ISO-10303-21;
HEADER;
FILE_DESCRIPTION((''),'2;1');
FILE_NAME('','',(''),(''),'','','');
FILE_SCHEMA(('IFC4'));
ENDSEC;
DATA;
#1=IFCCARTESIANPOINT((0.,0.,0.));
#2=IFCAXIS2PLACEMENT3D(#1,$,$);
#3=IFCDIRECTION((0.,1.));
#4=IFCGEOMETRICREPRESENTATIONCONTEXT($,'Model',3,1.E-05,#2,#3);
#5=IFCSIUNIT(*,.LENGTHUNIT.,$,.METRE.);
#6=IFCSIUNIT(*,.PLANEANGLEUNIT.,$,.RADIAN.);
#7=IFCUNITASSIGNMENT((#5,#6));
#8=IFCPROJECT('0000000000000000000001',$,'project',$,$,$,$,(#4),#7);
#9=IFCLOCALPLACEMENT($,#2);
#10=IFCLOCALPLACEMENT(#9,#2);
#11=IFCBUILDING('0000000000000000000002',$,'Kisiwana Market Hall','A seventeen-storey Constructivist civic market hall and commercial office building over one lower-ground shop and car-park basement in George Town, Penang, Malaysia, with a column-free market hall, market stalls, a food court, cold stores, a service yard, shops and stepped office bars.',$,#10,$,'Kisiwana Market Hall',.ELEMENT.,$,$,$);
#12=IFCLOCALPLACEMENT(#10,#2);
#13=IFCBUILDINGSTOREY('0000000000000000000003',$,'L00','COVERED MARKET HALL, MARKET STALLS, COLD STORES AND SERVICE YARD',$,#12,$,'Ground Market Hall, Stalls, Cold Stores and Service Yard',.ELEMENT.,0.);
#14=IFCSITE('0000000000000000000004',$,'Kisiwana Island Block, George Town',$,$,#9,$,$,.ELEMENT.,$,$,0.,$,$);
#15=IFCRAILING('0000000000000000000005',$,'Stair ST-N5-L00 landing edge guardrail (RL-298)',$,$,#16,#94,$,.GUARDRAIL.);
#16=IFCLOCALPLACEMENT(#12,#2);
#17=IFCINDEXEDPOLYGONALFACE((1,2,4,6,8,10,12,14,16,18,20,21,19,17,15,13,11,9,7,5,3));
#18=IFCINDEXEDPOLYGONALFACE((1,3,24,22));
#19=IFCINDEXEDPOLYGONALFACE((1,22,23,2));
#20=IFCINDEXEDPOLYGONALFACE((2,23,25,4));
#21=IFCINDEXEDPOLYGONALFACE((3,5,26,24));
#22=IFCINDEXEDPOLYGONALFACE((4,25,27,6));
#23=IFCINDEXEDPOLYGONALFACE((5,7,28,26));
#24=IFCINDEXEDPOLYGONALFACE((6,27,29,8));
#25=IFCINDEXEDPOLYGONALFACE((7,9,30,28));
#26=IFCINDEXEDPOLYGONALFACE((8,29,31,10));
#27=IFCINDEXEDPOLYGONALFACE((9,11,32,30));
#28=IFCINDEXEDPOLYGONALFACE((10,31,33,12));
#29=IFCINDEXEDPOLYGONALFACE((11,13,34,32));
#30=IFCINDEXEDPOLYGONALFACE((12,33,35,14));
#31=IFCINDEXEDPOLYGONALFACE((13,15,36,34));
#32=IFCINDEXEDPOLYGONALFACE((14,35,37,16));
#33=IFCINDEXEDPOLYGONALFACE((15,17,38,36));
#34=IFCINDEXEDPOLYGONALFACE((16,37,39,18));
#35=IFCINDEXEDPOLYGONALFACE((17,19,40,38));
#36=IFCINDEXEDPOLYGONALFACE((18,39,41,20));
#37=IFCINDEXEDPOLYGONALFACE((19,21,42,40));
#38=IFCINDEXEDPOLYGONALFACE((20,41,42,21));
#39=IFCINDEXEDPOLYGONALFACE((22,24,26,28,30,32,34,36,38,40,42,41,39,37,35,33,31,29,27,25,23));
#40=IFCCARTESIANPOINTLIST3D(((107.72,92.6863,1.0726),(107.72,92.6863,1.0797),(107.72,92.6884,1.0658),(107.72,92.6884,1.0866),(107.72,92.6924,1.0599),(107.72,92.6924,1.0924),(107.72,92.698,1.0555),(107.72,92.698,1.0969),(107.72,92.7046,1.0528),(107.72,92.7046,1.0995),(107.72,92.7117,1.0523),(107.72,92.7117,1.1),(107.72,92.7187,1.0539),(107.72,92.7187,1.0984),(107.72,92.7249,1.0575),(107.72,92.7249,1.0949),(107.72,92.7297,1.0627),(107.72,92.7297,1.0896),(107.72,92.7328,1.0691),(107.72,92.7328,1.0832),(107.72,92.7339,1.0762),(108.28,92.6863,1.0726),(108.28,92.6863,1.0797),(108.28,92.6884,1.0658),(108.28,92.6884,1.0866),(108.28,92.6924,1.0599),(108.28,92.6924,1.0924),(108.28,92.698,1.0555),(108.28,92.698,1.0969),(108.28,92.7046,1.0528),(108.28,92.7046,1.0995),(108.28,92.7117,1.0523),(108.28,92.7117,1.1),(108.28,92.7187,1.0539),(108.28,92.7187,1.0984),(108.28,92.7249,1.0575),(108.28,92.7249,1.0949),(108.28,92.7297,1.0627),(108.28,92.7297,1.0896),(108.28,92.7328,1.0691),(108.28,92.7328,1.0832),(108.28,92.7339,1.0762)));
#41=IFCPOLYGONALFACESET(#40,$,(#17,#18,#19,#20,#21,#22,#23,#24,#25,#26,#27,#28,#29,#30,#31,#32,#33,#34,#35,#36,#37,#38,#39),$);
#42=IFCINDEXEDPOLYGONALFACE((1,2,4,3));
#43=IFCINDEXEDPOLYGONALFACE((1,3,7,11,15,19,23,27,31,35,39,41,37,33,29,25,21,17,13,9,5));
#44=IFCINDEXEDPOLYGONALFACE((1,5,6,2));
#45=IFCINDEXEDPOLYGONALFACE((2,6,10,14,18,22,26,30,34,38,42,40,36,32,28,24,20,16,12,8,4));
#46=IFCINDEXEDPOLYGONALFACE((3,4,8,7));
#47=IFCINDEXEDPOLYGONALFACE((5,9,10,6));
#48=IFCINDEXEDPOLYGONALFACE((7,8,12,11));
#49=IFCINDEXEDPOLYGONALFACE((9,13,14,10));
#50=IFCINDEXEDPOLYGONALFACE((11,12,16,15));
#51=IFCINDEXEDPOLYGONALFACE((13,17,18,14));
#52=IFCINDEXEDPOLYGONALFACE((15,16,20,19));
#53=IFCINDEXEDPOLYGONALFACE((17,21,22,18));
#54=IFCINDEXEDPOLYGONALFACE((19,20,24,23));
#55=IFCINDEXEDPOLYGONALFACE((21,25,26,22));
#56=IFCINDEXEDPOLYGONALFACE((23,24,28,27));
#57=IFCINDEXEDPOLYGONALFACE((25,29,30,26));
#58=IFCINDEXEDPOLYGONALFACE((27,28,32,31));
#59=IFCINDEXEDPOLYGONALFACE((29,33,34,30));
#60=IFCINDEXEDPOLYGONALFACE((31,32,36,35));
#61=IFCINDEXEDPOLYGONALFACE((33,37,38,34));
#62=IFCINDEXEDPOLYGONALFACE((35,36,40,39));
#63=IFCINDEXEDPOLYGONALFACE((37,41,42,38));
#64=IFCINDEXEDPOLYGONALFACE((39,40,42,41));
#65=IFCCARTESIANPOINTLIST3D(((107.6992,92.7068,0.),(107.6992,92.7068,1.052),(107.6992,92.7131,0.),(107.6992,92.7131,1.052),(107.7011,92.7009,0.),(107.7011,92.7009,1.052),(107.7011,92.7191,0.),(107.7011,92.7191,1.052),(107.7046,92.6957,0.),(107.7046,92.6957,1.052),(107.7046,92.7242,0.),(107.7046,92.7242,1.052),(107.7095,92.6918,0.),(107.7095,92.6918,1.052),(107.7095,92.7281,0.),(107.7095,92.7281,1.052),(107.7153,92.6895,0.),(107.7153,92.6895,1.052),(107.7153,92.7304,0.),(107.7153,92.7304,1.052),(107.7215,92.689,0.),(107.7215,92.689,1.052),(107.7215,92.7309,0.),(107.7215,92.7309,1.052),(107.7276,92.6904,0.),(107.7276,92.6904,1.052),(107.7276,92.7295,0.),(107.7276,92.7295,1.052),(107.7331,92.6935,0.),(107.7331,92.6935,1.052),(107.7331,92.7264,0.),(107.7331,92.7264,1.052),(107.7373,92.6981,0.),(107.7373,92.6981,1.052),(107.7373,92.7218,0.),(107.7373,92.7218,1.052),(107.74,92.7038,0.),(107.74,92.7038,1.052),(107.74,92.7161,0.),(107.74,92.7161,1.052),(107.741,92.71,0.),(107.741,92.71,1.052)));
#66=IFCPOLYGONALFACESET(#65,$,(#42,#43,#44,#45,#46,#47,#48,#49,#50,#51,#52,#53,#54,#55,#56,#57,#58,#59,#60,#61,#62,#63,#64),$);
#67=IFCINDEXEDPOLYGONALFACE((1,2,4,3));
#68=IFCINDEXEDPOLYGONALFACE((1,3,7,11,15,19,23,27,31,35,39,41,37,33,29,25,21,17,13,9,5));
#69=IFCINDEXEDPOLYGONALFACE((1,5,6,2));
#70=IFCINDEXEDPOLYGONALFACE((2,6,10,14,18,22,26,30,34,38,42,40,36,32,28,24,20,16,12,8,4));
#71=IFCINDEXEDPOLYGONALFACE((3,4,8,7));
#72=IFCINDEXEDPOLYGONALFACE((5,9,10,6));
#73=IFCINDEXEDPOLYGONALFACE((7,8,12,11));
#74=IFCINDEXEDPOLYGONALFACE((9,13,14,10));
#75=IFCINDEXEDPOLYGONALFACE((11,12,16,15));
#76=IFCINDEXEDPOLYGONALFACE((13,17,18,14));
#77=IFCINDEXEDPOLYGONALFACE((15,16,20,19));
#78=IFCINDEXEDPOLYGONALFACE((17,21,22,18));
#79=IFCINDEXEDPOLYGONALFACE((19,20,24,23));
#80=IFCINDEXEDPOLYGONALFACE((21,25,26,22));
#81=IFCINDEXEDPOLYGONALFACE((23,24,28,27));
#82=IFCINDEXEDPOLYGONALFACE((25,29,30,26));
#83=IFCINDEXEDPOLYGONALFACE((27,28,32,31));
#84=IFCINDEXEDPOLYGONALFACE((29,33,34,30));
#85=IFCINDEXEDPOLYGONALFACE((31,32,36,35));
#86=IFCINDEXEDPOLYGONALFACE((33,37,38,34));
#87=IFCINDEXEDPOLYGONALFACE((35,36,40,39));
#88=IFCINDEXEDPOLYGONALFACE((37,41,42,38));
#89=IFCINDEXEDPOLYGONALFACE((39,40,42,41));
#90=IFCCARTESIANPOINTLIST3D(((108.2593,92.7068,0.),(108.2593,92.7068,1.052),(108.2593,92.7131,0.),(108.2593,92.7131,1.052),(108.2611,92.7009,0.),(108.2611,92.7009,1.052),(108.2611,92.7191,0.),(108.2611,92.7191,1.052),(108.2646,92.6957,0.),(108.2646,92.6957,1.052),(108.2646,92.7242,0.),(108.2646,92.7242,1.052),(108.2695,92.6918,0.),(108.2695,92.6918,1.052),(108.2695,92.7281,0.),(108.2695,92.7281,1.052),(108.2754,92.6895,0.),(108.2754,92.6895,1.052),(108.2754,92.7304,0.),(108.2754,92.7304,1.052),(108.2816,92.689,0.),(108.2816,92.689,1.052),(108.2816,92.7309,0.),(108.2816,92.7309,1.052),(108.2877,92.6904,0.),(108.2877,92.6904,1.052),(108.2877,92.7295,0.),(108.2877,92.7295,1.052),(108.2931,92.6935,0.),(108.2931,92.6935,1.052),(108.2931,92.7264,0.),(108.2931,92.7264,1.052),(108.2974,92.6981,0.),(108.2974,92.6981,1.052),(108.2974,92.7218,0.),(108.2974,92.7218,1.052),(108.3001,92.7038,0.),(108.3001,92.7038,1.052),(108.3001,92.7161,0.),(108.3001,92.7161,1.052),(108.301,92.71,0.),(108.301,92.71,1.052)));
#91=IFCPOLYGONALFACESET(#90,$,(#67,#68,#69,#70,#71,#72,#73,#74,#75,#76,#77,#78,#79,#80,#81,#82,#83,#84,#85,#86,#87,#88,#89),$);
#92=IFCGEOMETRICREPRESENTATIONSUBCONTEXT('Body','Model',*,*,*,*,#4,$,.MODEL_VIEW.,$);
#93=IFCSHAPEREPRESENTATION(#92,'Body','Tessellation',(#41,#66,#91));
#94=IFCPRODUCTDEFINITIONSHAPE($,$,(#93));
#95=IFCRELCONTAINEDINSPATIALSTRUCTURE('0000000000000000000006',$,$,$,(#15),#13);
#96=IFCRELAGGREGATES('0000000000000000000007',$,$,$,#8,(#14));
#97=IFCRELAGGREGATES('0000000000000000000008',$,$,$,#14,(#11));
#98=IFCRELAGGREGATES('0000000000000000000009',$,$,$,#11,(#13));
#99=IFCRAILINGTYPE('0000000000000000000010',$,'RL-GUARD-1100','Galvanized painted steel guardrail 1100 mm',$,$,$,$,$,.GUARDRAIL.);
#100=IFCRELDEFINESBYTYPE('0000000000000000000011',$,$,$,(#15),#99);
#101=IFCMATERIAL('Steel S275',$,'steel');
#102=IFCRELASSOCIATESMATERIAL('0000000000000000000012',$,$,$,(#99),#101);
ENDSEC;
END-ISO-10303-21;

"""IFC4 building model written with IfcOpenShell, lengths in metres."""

from ifc_helpers import new_model, si_unit, direction, frame, origin, origin_2d, place, context, subcontext, project, spatial, circle, extrude, material, type_object, element, save


model = new_model("IFC4")

# Units and contexts
model_context = context("Model", 3, precision=1e-05, world=origin(), true_north=direction((0.0, 1.0)))
body_context = subcontext(model_context, "Body", "Model", "MODEL_VIEW")
ifc_project = project(units=[si_unit("LENGTHUNIT", "METRE"), si_unit("PLANEANGLEUNIT", "RADIAN")], contexts=[model_context])

# Site, building, storey
site_placement = place(None, origin())
site = spatial("IfcSite", under=ifc_project, at=site_placement, Name="Kisiwana Island Block, George Town", CompositionType="ELEMENT", RefElevation=0.0)
building_placement = place(site_placement, origin())
building = spatial("IfcBuilding", under=site, at=building_placement, Name="Kisiwana Market Hall", Description="A seventeen-storey Constructivist civic market hall and commercial office building over one lower-ground shop and car-park basement in George Town, Penang, Malaysia, with a column-free market hall, market stalls, a food court, cold stores, a service yard, shops and stepped office bars.", LongName="Kisiwana Market Hall", CompositionType="ELEMENT")
storey_placement = place(building_placement, origin())
storey = spatial("IfcBuildingStorey", under=building, at=storey_placement, Name="L00", Description="COVERED MARKET HALL, MARKET STALLS, COLD STORES AND SERVICE YARD", LongName="Ground Market Hall, Stalls, Cold Stores and Service Yard", CompositionType="ELEMENT", Elevation=0.0)

# Railing
ifc_material_1 = material(Name="Steel S275", Category="steel")
railing_type_1 = type_object("IfcRailingType", Name="RL-GUARD-1100", Description="Galvanized painted steel guardrail 1100 mm", PredefinedType="GUARDRAIL", material=ifc_material_1)
railing_1_placement = place(storey_placement, frame((107.72, 92.71, 0.0)))
element("IfcRailing", 1, at=railing_1_placement, inside=storey, type_object=railing_type_1, Name="Stair ST-N5-L00 landing edge guardrail (RL-298)", PredefinedType="GUARDRAIL", context=body_context, shape_type="SweptSolid", body=[
    extrude(circle(Radius=0.0239, at=origin_2d()), frame((0.0, 0.0, 1.0762), z_axis=(1.0, 0.0, 0.0), x_axis=(0.0, 1.0, 0.0)), (0.0, 0.0, 1.0), 0.5601),
    extrude(circle(Radius=0.021, at=origin_2d()), origin(), (0.0, 0.0, 1.0), 1.052),
    extrude(circle(Radius=0.021, at=origin_2d()), frame((0.5601, 0.0, 0.0)), (0.0, 0.0, 1.0), 1.052),
])

save(model, "model.ifc")
